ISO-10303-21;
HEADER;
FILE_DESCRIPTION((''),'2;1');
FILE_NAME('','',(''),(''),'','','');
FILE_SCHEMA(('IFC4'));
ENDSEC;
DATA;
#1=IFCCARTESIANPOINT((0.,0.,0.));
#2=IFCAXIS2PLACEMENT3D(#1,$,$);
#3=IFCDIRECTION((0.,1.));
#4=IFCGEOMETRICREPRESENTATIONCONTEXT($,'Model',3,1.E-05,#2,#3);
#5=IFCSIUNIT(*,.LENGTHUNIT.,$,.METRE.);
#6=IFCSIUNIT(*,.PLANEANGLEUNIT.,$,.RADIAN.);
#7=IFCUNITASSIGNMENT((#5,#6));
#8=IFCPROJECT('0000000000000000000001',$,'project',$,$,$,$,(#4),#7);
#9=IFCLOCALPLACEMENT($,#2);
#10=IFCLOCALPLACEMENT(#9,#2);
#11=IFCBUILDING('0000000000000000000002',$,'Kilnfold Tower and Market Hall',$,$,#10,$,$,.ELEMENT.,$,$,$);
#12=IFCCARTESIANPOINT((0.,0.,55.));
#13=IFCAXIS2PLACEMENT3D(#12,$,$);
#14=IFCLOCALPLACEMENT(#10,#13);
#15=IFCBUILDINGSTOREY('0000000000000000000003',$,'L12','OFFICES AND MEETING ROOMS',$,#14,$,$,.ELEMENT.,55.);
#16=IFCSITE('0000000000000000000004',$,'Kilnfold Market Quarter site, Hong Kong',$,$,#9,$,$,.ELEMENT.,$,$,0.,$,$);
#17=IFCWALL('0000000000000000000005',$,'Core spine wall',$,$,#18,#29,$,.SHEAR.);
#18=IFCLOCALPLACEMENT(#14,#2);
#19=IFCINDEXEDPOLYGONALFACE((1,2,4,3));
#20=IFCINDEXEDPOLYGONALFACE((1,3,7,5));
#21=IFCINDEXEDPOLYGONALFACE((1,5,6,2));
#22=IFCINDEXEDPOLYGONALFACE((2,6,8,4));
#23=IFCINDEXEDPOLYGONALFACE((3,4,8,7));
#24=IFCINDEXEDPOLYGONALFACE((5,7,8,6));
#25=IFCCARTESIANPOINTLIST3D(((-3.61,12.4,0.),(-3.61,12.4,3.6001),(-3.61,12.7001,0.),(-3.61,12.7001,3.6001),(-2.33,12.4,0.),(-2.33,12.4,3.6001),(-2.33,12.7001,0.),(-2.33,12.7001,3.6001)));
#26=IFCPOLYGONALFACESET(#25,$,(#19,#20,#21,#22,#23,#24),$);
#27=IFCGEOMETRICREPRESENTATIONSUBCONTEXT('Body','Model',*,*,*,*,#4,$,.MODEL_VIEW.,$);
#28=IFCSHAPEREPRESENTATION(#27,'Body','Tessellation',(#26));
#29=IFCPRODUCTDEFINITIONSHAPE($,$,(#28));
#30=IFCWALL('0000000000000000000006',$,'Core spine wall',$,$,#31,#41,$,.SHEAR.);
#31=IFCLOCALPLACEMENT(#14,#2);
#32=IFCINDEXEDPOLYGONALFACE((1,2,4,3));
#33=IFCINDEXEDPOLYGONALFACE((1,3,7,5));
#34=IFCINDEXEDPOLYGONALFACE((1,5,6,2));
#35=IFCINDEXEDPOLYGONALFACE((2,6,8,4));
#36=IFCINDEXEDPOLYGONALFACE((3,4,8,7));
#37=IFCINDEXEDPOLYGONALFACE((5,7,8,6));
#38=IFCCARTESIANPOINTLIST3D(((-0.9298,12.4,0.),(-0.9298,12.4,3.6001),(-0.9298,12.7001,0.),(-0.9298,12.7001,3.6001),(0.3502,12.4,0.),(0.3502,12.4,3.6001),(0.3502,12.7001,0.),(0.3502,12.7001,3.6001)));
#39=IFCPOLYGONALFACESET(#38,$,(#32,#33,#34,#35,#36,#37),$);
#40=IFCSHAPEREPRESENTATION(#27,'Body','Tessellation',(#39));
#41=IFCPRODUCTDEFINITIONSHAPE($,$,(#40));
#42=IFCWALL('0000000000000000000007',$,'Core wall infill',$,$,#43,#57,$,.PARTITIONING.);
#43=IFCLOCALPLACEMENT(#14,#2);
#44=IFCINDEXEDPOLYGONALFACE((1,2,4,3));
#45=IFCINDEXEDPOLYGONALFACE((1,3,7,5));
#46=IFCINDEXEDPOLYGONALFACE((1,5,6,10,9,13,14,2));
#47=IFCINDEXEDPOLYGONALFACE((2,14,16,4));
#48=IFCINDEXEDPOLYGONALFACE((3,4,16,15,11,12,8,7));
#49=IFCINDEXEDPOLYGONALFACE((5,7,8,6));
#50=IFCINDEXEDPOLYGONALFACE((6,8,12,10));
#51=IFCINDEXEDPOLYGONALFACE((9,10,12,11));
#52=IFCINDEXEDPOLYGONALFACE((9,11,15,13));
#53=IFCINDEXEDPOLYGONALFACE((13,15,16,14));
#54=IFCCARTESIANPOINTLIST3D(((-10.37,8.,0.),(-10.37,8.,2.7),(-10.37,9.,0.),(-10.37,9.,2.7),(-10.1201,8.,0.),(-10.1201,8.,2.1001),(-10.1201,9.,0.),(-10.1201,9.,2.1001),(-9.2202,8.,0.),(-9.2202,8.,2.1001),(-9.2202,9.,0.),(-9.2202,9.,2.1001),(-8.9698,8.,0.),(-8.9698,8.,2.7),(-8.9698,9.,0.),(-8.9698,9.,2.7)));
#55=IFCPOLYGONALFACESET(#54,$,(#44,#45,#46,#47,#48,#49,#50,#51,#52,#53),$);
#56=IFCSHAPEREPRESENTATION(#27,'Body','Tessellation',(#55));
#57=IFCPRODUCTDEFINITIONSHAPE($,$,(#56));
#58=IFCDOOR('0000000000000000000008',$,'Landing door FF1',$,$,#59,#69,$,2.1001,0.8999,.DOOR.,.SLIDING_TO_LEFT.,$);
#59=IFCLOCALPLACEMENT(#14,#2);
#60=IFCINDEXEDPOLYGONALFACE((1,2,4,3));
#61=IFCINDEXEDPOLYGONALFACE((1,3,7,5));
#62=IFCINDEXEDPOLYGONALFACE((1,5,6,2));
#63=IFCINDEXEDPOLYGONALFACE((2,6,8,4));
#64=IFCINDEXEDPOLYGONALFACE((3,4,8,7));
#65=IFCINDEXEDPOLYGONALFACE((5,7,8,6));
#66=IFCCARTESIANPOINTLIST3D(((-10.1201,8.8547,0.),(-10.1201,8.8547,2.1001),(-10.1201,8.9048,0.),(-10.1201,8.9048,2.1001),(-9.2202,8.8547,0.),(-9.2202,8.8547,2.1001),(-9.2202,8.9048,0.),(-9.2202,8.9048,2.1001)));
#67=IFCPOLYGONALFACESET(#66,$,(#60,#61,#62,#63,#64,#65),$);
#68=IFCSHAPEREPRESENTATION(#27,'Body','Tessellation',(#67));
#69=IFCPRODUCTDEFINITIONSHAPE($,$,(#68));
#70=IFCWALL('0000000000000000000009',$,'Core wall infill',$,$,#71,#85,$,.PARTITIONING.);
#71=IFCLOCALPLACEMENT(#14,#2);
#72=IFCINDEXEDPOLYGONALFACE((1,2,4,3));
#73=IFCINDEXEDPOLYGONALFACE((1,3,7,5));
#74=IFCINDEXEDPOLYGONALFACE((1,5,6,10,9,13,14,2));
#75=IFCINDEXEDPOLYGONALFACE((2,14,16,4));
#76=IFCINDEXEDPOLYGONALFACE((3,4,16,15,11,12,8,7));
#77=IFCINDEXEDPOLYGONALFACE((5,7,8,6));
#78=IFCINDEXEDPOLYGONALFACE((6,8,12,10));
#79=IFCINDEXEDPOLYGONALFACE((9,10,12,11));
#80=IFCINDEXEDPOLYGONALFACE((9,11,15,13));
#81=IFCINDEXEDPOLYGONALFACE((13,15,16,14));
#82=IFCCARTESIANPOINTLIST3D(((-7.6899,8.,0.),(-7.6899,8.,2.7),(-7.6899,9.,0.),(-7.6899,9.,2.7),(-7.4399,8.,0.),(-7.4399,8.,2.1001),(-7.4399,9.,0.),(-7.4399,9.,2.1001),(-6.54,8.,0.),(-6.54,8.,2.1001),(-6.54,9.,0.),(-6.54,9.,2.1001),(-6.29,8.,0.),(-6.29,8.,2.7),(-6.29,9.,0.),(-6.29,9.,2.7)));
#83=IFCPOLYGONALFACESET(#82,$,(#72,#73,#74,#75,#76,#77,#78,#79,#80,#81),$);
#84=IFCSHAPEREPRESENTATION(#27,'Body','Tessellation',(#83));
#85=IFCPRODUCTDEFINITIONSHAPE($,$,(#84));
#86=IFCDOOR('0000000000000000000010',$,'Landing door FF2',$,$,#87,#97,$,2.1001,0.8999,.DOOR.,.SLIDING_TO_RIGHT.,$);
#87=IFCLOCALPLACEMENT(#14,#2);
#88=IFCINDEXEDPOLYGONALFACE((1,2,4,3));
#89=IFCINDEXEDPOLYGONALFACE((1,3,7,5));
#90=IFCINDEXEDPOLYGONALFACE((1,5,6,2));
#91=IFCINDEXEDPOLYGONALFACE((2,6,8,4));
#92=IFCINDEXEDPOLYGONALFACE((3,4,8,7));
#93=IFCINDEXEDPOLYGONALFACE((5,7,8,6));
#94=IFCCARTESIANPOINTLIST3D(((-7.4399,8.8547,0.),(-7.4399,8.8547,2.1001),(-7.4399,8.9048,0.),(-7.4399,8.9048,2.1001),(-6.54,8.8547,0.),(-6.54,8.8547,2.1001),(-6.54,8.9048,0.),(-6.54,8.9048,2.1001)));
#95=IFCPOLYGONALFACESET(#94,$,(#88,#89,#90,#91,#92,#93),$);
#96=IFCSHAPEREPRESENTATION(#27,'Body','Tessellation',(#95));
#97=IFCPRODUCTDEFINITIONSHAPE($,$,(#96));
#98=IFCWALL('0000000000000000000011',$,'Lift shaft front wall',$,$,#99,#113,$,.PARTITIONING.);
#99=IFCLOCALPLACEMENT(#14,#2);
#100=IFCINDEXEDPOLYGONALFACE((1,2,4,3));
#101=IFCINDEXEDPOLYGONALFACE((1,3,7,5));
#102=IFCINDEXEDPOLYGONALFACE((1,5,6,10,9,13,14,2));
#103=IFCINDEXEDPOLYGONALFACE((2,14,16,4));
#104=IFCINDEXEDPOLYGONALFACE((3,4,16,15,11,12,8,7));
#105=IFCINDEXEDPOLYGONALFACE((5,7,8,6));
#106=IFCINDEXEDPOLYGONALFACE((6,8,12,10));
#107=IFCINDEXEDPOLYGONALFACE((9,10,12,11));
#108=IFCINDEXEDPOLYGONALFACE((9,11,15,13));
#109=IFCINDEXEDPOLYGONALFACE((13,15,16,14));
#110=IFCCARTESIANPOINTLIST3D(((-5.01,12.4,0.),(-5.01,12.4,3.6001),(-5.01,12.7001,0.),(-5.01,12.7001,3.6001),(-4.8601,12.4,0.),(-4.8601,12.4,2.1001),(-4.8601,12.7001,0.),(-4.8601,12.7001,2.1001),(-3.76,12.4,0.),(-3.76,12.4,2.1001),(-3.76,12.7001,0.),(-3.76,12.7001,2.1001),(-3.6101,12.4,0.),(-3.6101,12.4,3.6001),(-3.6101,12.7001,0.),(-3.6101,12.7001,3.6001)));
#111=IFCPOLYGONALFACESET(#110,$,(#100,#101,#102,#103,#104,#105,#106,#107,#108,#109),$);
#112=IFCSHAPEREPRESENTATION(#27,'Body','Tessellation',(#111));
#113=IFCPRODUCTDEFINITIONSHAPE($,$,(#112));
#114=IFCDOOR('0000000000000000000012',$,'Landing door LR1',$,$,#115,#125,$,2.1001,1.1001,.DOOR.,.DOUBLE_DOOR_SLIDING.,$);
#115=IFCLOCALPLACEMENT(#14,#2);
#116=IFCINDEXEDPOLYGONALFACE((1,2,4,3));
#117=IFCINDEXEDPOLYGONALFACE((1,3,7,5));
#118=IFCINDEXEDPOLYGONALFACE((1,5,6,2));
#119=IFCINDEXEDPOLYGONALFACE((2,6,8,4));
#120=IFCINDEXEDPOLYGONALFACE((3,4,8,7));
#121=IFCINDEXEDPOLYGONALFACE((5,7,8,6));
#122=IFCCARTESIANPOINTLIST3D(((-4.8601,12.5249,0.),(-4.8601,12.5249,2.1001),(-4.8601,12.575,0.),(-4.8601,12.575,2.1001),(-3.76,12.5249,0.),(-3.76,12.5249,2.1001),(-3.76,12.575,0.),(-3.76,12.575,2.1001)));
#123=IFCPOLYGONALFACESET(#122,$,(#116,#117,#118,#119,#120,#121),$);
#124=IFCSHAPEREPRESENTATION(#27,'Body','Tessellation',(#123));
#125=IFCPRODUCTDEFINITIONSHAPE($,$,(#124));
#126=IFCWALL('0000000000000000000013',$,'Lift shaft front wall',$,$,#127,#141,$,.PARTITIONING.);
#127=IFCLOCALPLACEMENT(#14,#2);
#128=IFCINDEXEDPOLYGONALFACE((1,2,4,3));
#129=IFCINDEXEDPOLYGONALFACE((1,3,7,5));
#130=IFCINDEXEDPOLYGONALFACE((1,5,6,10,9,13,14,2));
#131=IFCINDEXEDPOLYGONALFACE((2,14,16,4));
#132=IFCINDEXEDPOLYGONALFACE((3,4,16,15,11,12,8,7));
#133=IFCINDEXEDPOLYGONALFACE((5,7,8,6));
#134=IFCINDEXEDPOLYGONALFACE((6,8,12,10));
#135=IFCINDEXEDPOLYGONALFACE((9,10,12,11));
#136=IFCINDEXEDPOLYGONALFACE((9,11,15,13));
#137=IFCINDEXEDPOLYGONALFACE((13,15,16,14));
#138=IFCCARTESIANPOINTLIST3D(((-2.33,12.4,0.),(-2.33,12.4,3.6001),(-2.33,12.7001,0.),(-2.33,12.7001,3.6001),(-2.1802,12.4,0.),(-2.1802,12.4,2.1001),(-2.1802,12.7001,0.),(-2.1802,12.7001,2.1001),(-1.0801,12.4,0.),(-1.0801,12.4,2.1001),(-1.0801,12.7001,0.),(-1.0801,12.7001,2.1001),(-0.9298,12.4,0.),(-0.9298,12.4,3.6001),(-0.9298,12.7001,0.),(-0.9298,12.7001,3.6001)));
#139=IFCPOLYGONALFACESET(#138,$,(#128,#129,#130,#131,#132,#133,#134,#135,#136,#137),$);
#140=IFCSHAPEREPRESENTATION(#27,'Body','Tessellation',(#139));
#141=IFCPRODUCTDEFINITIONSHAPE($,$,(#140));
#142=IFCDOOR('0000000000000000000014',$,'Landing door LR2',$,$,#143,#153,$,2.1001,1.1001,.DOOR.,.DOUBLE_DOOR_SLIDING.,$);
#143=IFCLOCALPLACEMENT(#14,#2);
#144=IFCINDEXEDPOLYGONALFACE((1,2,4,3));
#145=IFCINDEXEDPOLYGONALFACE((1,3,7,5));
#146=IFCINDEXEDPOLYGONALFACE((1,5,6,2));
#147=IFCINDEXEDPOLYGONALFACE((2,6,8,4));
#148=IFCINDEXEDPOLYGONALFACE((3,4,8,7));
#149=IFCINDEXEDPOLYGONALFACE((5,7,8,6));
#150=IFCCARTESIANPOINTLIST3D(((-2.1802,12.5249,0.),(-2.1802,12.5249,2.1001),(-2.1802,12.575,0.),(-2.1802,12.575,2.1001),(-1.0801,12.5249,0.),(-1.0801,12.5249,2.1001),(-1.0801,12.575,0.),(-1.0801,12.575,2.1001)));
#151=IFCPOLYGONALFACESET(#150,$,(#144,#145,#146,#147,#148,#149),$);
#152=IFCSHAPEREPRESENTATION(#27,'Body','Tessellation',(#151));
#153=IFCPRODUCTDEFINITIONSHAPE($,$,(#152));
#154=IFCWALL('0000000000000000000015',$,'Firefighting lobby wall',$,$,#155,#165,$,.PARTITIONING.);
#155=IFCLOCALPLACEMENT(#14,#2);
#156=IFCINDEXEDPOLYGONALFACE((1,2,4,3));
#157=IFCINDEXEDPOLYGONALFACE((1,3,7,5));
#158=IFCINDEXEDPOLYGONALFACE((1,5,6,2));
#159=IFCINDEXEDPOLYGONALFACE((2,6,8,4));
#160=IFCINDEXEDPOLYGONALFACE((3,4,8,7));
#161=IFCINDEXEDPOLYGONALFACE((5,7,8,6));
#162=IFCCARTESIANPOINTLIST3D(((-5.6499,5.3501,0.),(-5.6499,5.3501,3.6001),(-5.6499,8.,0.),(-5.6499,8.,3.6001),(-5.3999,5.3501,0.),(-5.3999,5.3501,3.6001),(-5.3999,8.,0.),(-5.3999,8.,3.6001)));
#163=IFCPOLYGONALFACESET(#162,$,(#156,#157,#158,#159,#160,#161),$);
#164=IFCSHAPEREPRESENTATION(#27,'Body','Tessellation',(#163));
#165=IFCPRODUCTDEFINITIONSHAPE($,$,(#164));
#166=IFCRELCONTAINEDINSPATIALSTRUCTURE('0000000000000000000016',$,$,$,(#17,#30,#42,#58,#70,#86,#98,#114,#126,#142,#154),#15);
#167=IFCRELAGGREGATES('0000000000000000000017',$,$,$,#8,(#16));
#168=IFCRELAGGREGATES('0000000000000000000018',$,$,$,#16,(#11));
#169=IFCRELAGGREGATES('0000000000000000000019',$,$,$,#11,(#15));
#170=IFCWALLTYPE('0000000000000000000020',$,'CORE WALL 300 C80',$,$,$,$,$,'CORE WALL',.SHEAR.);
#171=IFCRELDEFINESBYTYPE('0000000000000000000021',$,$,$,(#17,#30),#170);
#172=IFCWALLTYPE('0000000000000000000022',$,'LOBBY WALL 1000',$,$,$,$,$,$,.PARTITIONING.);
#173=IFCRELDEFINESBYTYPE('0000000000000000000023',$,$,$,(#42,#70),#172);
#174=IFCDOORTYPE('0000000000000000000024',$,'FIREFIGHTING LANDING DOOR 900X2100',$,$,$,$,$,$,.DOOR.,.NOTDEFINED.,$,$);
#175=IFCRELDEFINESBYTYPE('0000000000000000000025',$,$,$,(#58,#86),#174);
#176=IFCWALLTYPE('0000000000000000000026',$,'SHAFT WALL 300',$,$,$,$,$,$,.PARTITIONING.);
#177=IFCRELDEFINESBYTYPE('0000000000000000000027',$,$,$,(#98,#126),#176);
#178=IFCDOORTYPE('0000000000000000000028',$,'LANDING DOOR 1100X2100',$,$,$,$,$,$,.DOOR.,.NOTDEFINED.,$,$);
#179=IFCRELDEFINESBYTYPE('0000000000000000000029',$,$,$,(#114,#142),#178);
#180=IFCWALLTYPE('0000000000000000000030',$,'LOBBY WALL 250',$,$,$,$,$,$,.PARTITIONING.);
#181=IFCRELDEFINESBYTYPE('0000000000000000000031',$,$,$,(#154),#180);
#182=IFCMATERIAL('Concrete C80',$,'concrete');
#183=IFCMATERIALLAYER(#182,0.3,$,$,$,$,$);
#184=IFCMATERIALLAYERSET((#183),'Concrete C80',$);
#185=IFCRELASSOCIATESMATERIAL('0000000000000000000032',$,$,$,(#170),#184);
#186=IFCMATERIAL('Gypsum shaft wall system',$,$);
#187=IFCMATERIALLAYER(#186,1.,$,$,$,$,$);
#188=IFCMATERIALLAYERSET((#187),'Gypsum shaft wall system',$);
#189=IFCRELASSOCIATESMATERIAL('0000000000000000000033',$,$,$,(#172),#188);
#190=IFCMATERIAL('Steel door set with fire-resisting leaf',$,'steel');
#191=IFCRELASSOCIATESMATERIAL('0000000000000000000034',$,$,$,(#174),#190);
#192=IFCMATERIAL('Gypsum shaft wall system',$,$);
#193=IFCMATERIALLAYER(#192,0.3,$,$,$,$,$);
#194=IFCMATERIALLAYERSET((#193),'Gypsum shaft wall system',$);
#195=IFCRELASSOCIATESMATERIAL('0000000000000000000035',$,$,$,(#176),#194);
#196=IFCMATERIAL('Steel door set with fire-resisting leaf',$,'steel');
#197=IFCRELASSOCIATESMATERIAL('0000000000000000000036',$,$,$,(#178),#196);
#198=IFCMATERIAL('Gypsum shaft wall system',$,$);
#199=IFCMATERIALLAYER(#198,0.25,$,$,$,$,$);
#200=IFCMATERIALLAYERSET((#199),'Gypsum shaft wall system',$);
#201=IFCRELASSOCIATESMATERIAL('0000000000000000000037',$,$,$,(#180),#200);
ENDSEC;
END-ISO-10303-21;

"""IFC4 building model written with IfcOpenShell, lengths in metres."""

from ifc_helpers import new_model, si_unit, direction, frame, frame_2d, origin, place, context, subcontext, project, spatial, rectangle, extrude, source, transform, mapped, material, layer, layer_set, type_object, element, fill, save


model = new_model("IFC4")

# Units and contexts
model_context = context("Model", 3, precision=1e-05, world=origin(), true_north=direction((0.0, 1.0)))
body_context = subcontext(model_context, "Body", "Model", "MODEL_VIEW")
ifc_project = project(units=[si_unit("LENGTHUNIT", "METRE"), si_unit("PLANEANGLEUNIT", "RADIAN")], contexts=[model_context])

# Site, building, storey
site_placement = place(None, origin())
site = spatial("IfcSite", under=ifc_project, at=site_placement, Name="Kilnfold Market Quarter site, Hong Kong", CompositionType="ELEMENT", RefElevation=0.0)
building_placement = place(site_placement, origin())
building = spatial("IfcBuilding", under=site, at=building_placement, Name="Kilnfold Tower and Market Hall", CompositionType="ELEMENT")
storey_placement = place(building_placement, frame((0.0, 0.0, 55.0)))
storey = spatial("IfcBuildingStorey", under=building, at=storey_placement, Name="L12", Description="OFFICES AND MEETING ROOMS", CompositionType="ELEMENT", Elevation=55.0)

# Walls
ifc_material_1 = material(Name="Concrete C80", Category="concrete")
ifc_layer_1 = layer(ifc_material_1, 0.3)
ifc_layer_set_1 = layer_set([ifc_layer_1], Name="Concrete C80")
wall_type_1 = type_object("IfcWallType", Name="CORE WALL 300 C80", ElementType="CORE WALL", PredefinedType="SHEAR", material=ifc_layer_set_1)
shared_shape_1 = source(origin(), body_context, "Body", "SweptSolid", [
    extrude(rectangle(XDim=1.28, YDim=0.3, at=frame_2d((0.6401, 0.0))), origin(), (0.0, 0.0, 1.0), 3.6001),
])
for number, where, z_axis, x_axis, name in (
    (1, (-3.6101, 12.55, 0.0), (0.0, 0.0, 1.0), (1.0, 0.0, 0.0), "Core spine wall"),
    (2, (-0.9299, 12.55, 0.0), (0.0, 0.0, 1.0), (1.0, 0.0, 0.0), "Core spine wall"),
):
    element("IfcWall", number, at=place(storey_placement, frame(where, z_axis=z_axis, x_axis=x_axis)), inside=storey, type_object=wall_type_1, Name=name, PredefinedType="SHEAR", context=body_context, shape_type="MappedRepresentation", body=[
        mapped(shared_shape_1, transform((0.0, 0.0, 0.0))),
    ])

# Walls, openings, doors
ifc_material_2 = material(Name="Gypsum shaft wall system")
ifc_layer_2 = layer(ifc_material_2, 1.0)
ifc_layer_set_2 = layer_set([ifc_layer_2], Name="Gypsum shaft wall system")
wall_type_2 = type_object("IfcWallType", Name="LOBBY WALL 1000", PredefinedType="PARTITIONING", material=ifc_layer_set_2)
shared_shape_2 = source(origin(), body_context, "Body", "SweptSolid", [
    extrude(rectangle(XDim=1.4001, YDim=1.0, at=frame_2d((0.7002, 0.0))), origin(), (0.0, 0.0, 1.0), 2.7),
])
wall_1_placement = place(storey_placement, frame((-10.3701, 8.5, 0.0), z_axis=(0.0, 0.0, 1.0), x_axis=(1.0, 0.0, 0.0)))
wall_1 = element("IfcWall", 3, at=wall_1_placement, inside=storey, type_object=wall_type_2, Name="Core wall infill", PredefinedType="PARTITIONING", context=body_context, shape_type="MappedRepresentation", body=[
    mapped(shared_shape_2, transform((0.0, 0.0, 0.0))),
])
opening_1_placement = place(wall_1_placement, frame((0.25, 0.0, 0.0)))
opening_1 = element("IfcOpeningElement", 4, at=opening_1_placement, cuts=wall_1, PredefinedType="OPENING", context=body_context, shape_type="SweptSolid", body=[
    extrude(rectangle(XDim=0.8999, YDim=2.1001, at=frame_2d((0.45, 1.05))), frame((0.0, 0.51, 0.0), z_axis=(0.0, -1.0, 0.0), x_axis=(1.0, 0.0, 0.0)), (0.0, 0.0, 1.0), 1.02),
])
ifc_material_3 = material(Name="Steel door set with fire-resisting leaf", Category="steel")
door_type_1 = type_object("IfcDoorType", Name="FIREFIGHTING LANDING DOOR 900X2100", OperationType="NOTDEFINED", PredefinedType="DOOR", material=ifc_material_3)
door_1_placement = place(opening_1_placement, origin())
door_1 = element("IfcDoor", 5, at=door_1_placement, inside=storey, type_object=door_type_1, Name="Landing door FF1", OperationType="SLIDING_TO_LEFT", OverallHeight=2.1001, OverallWidth=0.8999, PredefinedType="DOOR", context=body_context, shape_type="SweptSolid", body=[
    extrude(rectangle(XDim=0.8999, YDim=2.1001, at=frame_2d((0.45, 1.05))), frame((0.0, 0.4048, 0.0), z_axis=(0.0, -1.0, 0.0), x_axis=(1.0, 0.0, 0.0)), (0.0, 0.0, 1.0), 0.05),
])
fill(opening_1, door_1)
shared_shape_3 = source(origin(), body_context, "Body", "SweptSolid", [
    extrude(rectangle(XDim=1.3999, YDim=1.0, at=frame_2d((0.7, 0.0))), origin(), (0.0, 0.0, 1.0), 2.7),
])
wall_2_placement = place(storey_placement, frame((-7.6899, 8.5, 0.0), z_axis=(0.0, 0.0, 1.0), x_axis=(1.0, 0.0, 0.0)))
wall_2 = element("IfcWall", 6, at=wall_2_placement, inside=storey, type_object=wall_type_2, Name="Core wall infill", PredefinedType="PARTITIONING", context=body_context, shape_type="MappedRepresentation", body=[
    mapped(shared_shape_3, transform((0.0, 0.0, 0.0))),
])
opening_2_placement = place(wall_2_placement, frame((0.25, 0.0, 0.0)))
opening_2 = element("IfcOpeningElement", 7, at=opening_2_placement, cuts=wall_2, PredefinedType="OPENING", context=body_context, shape_type="SweptSolid", body=[
    extrude(rectangle(XDim=0.8999, YDim=2.1001, at=frame_2d((0.45, 1.05))), frame((0.0, 0.51, 0.0), z_axis=(0.0, -1.0, 0.0), x_axis=(1.0, 0.0, 0.0)), (0.0, 0.0, 1.0), 1.02),
])
door_2_placement = place(opening_2_placement, origin())
door_2 = element("IfcDoor", 8, at=door_2_placement, inside=storey, type_object=door_type_1, Name="Landing door FF2", OperationType="SLIDING_TO_RIGHT", OverallHeight=2.1001, OverallWidth=0.8999, PredefinedType="DOOR", context=body_context, shape_type="SweptSolid", body=[
    extrude(rectangle(XDim=0.8999, YDim=2.1001, at=frame_2d((0.45, 1.05))), frame((0.0, 0.4048, 0.0), z_axis=(0.0, -1.0, 0.0), x_axis=(1.0, 0.0, 0.0)), (0.0, 0.0, 1.0), 0.05),
])
fill(opening_2, door_2)
ifc_material_4 = material(Name="Gypsum shaft wall system")
ifc_layer_3 = layer(ifc_material_4, 0.3)
ifc_layer_set_3 = layer_set([ifc_layer_3], Name="Gypsum shaft wall system")
wall_type_3 = type_object("IfcWallType", Name="SHAFT WALL 300", PredefinedType="PARTITIONING", material=ifc_layer_set_3)
shared_shape_4 = source(origin(), body_context, "Body", "SweptSolid", [
    extrude(rectangle(XDim=1.3999, YDim=0.3, at=frame_2d((0.7, 0.0))), origin(), (0.0, 0.0, 1.0), 3.6001),
])
wall_3_placement = place(storey_placement, frame((-5.01, 12.55, 0.0), z_axis=(0.0, 0.0, 1.0), x_axis=(1.0, 0.0, 0.0)))
wall_3 = element("IfcWall", 9, at=wall_3_placement, inside=storey, type_object=wall_type_3, Name="Lift shaft front wall", PredefinedType="PARTITIONING", context=body_context, shape_type="MappedRepresentation", body=[
    mapped(shared_shape_4, transform((0.0, 0.0, 0.0))),
])
opening_3_placement = place(wall_3_placement, frame((0.1499, 0.0, 0.0)))
opening_3 = element("IfcOpeningElement", 10, at=opening_3_placement, cuts=wall_3, PredefinedType="OPENING", context=body_context, shape_type="SweptSolid", body=[
    extrude(rectangle(XDim=1.1001, YDim=2.1001, at=frame_2d((0.55, 1.05))), frame((0.0, 0.1602, 0.0), z_axis=(0.0, -1.0, 0.0), x_axis=(1.0, 0.0, 0.0)), (0.0, 0.0, 1.0), 0.3201),
])
ifc_material_5 = material(Name="Steel door set with fire-resisting leaf", Category="steel")
door_type_2 = type_object("IfcDoorType", Name="LANDING DOOR 1100X2100", OperationType="NOTDEFINED", PredefinedType="DOOR", material=ifc_material_5)
door_3_placement = place(opening_3_placement, origin())
door_3 = element("IfcDoor", 11, at=door_3_placement, inside=storey, type_object=door_type_2, Name="Landing door LR1", OperationType="DOUBLE_DOOR_SLIDING", OverallHeight=2.1001, OverallWidth=1.1001, PredefinedType="DOOR", context=body_context, shape_type="SweptSolid", body=[
    extrude(rectangle(XDim=1.1001, YDim=2.1001, at=frame_2d((0.55, 1.05))), frame((0.0, 0.0249, 0.0), z_axis=(0.0, -1.0, 0.0), x_axis=(1.0, 0.0, 0.0)), (0.0, 0.0, 1.0), 0.05),
])
fill(opening_3, door_3)
shared_shape_5 = source(origin(), body_context, "Body", "SweptSolid", [
    extrude(rectangle(XDim=1.4001, YDim=0.3, at=frame_2d((0.7002, 0.0))), origin(), (0.0, 0.0, 1.0), 3.6001),
])
wall_4_placement = place(storey_placement, frame((-2.3301, 12.55, 0.0), z_axis=(0.0, 0.0, 1.0), x_axis=(1.0, 0.0, 0.0)))
wall_4 = element("IfcWall", 12, at=wall_4_placement, inside=storey, type_object=wall_type_3, Name="Lift shaft front wall", PredefinedType="PARTITIONING", context=body_context, shape_type="MappedRepresentation", body=[
    mapped(shared_shape_5, transform((0.0, 0.0, 0.0))),
])
opening_4_placement = place(wall_4_placement, frame((0.1499, 0.0, 0.0)))
opening_4 = element("IfcOpeningElement", 13, at=opening_4_placement, cuts=wall_4, PredefinedType="OPENING", context=body_context, shape_type="SweptSolid", body=[
    extrude(rectangle(XDim=1.1001, YDim=2.1001, at=frame_2d((0.55, 1.05))), frame((0.0, 0.1602, 0.0), z_axis=(0.0, -1.0, 0.0), x_axis=(1.0, 0.0, 0.0)), (0.0, 0.0, 1.0), 0.3201),
])
door_4_placement = place(opening_4_placement, origin())
door_4 = element("IfcDoor", 14, at=door_4_placement, inside=storey, type_object=door_type_2, Name="Landing door LR2", OperationType="DOUBLE_DOOR_SLIDING", OverallHeight=2.1001, OverallWidth=1.1001, PredefinedType="DOOR", context=body_context, shape_type="SweptSolid", body=[
    extrude(rectangle(XDim=1.1001, YDim=2.1001, at=frame_2d((0.55, 1.05))), frame((0.0, 0.0249, 0.0), z_axis=(0.0, -1.0, 0.0), x_axis=(1.0, 0.0, 0.0)), (0.0, 0.0, 1.0), 0.05),
])
fill(opening_4, door_4)

# Wall
ifc_material_6 = material(Name="Gypsum shaft wall system")
ifc_layer_4 = layer(ifc_material_6, 0.25)
ifc_layer_set_4 = layer_set([ifc_layer_4], Name="Gypsum shaft wall system")
wall_type_4 = type_object("IfcWallType", Name="LOBBY WALL 250", PredefinedType="PARTITIONING", material=ifc_layer_set_4)
shared_shape_6 = source(origin(), body_context, "Body", "SweptSolid", [
    extrude(rectangle(XDim=2.6499, YDim=0.25, at=frame_2d((1.325, 0.0))), origin(), (0.0, 0.0, 1.0), 3.6001),
])
wall_5_placement = place(storey_placement, frame((-5.5249, 5.3501, 0.0), z_axis=(0.0, 0.0, 1.0), x_axis=(0.0, 1.0, 0.0)))
element("IfcWall", 15, at=wall_5_placement, inside=storey, type_object=wall_type_4, Name="Firefighting lobby wall", PredefinedType="PARTITIONING", context=body_context, shape_type="MappedRepresentation", body=[
    mapped(shared_shape_6, transform((0.0, 0.0, 0.0))),
])

save(model, "model.ifc")
